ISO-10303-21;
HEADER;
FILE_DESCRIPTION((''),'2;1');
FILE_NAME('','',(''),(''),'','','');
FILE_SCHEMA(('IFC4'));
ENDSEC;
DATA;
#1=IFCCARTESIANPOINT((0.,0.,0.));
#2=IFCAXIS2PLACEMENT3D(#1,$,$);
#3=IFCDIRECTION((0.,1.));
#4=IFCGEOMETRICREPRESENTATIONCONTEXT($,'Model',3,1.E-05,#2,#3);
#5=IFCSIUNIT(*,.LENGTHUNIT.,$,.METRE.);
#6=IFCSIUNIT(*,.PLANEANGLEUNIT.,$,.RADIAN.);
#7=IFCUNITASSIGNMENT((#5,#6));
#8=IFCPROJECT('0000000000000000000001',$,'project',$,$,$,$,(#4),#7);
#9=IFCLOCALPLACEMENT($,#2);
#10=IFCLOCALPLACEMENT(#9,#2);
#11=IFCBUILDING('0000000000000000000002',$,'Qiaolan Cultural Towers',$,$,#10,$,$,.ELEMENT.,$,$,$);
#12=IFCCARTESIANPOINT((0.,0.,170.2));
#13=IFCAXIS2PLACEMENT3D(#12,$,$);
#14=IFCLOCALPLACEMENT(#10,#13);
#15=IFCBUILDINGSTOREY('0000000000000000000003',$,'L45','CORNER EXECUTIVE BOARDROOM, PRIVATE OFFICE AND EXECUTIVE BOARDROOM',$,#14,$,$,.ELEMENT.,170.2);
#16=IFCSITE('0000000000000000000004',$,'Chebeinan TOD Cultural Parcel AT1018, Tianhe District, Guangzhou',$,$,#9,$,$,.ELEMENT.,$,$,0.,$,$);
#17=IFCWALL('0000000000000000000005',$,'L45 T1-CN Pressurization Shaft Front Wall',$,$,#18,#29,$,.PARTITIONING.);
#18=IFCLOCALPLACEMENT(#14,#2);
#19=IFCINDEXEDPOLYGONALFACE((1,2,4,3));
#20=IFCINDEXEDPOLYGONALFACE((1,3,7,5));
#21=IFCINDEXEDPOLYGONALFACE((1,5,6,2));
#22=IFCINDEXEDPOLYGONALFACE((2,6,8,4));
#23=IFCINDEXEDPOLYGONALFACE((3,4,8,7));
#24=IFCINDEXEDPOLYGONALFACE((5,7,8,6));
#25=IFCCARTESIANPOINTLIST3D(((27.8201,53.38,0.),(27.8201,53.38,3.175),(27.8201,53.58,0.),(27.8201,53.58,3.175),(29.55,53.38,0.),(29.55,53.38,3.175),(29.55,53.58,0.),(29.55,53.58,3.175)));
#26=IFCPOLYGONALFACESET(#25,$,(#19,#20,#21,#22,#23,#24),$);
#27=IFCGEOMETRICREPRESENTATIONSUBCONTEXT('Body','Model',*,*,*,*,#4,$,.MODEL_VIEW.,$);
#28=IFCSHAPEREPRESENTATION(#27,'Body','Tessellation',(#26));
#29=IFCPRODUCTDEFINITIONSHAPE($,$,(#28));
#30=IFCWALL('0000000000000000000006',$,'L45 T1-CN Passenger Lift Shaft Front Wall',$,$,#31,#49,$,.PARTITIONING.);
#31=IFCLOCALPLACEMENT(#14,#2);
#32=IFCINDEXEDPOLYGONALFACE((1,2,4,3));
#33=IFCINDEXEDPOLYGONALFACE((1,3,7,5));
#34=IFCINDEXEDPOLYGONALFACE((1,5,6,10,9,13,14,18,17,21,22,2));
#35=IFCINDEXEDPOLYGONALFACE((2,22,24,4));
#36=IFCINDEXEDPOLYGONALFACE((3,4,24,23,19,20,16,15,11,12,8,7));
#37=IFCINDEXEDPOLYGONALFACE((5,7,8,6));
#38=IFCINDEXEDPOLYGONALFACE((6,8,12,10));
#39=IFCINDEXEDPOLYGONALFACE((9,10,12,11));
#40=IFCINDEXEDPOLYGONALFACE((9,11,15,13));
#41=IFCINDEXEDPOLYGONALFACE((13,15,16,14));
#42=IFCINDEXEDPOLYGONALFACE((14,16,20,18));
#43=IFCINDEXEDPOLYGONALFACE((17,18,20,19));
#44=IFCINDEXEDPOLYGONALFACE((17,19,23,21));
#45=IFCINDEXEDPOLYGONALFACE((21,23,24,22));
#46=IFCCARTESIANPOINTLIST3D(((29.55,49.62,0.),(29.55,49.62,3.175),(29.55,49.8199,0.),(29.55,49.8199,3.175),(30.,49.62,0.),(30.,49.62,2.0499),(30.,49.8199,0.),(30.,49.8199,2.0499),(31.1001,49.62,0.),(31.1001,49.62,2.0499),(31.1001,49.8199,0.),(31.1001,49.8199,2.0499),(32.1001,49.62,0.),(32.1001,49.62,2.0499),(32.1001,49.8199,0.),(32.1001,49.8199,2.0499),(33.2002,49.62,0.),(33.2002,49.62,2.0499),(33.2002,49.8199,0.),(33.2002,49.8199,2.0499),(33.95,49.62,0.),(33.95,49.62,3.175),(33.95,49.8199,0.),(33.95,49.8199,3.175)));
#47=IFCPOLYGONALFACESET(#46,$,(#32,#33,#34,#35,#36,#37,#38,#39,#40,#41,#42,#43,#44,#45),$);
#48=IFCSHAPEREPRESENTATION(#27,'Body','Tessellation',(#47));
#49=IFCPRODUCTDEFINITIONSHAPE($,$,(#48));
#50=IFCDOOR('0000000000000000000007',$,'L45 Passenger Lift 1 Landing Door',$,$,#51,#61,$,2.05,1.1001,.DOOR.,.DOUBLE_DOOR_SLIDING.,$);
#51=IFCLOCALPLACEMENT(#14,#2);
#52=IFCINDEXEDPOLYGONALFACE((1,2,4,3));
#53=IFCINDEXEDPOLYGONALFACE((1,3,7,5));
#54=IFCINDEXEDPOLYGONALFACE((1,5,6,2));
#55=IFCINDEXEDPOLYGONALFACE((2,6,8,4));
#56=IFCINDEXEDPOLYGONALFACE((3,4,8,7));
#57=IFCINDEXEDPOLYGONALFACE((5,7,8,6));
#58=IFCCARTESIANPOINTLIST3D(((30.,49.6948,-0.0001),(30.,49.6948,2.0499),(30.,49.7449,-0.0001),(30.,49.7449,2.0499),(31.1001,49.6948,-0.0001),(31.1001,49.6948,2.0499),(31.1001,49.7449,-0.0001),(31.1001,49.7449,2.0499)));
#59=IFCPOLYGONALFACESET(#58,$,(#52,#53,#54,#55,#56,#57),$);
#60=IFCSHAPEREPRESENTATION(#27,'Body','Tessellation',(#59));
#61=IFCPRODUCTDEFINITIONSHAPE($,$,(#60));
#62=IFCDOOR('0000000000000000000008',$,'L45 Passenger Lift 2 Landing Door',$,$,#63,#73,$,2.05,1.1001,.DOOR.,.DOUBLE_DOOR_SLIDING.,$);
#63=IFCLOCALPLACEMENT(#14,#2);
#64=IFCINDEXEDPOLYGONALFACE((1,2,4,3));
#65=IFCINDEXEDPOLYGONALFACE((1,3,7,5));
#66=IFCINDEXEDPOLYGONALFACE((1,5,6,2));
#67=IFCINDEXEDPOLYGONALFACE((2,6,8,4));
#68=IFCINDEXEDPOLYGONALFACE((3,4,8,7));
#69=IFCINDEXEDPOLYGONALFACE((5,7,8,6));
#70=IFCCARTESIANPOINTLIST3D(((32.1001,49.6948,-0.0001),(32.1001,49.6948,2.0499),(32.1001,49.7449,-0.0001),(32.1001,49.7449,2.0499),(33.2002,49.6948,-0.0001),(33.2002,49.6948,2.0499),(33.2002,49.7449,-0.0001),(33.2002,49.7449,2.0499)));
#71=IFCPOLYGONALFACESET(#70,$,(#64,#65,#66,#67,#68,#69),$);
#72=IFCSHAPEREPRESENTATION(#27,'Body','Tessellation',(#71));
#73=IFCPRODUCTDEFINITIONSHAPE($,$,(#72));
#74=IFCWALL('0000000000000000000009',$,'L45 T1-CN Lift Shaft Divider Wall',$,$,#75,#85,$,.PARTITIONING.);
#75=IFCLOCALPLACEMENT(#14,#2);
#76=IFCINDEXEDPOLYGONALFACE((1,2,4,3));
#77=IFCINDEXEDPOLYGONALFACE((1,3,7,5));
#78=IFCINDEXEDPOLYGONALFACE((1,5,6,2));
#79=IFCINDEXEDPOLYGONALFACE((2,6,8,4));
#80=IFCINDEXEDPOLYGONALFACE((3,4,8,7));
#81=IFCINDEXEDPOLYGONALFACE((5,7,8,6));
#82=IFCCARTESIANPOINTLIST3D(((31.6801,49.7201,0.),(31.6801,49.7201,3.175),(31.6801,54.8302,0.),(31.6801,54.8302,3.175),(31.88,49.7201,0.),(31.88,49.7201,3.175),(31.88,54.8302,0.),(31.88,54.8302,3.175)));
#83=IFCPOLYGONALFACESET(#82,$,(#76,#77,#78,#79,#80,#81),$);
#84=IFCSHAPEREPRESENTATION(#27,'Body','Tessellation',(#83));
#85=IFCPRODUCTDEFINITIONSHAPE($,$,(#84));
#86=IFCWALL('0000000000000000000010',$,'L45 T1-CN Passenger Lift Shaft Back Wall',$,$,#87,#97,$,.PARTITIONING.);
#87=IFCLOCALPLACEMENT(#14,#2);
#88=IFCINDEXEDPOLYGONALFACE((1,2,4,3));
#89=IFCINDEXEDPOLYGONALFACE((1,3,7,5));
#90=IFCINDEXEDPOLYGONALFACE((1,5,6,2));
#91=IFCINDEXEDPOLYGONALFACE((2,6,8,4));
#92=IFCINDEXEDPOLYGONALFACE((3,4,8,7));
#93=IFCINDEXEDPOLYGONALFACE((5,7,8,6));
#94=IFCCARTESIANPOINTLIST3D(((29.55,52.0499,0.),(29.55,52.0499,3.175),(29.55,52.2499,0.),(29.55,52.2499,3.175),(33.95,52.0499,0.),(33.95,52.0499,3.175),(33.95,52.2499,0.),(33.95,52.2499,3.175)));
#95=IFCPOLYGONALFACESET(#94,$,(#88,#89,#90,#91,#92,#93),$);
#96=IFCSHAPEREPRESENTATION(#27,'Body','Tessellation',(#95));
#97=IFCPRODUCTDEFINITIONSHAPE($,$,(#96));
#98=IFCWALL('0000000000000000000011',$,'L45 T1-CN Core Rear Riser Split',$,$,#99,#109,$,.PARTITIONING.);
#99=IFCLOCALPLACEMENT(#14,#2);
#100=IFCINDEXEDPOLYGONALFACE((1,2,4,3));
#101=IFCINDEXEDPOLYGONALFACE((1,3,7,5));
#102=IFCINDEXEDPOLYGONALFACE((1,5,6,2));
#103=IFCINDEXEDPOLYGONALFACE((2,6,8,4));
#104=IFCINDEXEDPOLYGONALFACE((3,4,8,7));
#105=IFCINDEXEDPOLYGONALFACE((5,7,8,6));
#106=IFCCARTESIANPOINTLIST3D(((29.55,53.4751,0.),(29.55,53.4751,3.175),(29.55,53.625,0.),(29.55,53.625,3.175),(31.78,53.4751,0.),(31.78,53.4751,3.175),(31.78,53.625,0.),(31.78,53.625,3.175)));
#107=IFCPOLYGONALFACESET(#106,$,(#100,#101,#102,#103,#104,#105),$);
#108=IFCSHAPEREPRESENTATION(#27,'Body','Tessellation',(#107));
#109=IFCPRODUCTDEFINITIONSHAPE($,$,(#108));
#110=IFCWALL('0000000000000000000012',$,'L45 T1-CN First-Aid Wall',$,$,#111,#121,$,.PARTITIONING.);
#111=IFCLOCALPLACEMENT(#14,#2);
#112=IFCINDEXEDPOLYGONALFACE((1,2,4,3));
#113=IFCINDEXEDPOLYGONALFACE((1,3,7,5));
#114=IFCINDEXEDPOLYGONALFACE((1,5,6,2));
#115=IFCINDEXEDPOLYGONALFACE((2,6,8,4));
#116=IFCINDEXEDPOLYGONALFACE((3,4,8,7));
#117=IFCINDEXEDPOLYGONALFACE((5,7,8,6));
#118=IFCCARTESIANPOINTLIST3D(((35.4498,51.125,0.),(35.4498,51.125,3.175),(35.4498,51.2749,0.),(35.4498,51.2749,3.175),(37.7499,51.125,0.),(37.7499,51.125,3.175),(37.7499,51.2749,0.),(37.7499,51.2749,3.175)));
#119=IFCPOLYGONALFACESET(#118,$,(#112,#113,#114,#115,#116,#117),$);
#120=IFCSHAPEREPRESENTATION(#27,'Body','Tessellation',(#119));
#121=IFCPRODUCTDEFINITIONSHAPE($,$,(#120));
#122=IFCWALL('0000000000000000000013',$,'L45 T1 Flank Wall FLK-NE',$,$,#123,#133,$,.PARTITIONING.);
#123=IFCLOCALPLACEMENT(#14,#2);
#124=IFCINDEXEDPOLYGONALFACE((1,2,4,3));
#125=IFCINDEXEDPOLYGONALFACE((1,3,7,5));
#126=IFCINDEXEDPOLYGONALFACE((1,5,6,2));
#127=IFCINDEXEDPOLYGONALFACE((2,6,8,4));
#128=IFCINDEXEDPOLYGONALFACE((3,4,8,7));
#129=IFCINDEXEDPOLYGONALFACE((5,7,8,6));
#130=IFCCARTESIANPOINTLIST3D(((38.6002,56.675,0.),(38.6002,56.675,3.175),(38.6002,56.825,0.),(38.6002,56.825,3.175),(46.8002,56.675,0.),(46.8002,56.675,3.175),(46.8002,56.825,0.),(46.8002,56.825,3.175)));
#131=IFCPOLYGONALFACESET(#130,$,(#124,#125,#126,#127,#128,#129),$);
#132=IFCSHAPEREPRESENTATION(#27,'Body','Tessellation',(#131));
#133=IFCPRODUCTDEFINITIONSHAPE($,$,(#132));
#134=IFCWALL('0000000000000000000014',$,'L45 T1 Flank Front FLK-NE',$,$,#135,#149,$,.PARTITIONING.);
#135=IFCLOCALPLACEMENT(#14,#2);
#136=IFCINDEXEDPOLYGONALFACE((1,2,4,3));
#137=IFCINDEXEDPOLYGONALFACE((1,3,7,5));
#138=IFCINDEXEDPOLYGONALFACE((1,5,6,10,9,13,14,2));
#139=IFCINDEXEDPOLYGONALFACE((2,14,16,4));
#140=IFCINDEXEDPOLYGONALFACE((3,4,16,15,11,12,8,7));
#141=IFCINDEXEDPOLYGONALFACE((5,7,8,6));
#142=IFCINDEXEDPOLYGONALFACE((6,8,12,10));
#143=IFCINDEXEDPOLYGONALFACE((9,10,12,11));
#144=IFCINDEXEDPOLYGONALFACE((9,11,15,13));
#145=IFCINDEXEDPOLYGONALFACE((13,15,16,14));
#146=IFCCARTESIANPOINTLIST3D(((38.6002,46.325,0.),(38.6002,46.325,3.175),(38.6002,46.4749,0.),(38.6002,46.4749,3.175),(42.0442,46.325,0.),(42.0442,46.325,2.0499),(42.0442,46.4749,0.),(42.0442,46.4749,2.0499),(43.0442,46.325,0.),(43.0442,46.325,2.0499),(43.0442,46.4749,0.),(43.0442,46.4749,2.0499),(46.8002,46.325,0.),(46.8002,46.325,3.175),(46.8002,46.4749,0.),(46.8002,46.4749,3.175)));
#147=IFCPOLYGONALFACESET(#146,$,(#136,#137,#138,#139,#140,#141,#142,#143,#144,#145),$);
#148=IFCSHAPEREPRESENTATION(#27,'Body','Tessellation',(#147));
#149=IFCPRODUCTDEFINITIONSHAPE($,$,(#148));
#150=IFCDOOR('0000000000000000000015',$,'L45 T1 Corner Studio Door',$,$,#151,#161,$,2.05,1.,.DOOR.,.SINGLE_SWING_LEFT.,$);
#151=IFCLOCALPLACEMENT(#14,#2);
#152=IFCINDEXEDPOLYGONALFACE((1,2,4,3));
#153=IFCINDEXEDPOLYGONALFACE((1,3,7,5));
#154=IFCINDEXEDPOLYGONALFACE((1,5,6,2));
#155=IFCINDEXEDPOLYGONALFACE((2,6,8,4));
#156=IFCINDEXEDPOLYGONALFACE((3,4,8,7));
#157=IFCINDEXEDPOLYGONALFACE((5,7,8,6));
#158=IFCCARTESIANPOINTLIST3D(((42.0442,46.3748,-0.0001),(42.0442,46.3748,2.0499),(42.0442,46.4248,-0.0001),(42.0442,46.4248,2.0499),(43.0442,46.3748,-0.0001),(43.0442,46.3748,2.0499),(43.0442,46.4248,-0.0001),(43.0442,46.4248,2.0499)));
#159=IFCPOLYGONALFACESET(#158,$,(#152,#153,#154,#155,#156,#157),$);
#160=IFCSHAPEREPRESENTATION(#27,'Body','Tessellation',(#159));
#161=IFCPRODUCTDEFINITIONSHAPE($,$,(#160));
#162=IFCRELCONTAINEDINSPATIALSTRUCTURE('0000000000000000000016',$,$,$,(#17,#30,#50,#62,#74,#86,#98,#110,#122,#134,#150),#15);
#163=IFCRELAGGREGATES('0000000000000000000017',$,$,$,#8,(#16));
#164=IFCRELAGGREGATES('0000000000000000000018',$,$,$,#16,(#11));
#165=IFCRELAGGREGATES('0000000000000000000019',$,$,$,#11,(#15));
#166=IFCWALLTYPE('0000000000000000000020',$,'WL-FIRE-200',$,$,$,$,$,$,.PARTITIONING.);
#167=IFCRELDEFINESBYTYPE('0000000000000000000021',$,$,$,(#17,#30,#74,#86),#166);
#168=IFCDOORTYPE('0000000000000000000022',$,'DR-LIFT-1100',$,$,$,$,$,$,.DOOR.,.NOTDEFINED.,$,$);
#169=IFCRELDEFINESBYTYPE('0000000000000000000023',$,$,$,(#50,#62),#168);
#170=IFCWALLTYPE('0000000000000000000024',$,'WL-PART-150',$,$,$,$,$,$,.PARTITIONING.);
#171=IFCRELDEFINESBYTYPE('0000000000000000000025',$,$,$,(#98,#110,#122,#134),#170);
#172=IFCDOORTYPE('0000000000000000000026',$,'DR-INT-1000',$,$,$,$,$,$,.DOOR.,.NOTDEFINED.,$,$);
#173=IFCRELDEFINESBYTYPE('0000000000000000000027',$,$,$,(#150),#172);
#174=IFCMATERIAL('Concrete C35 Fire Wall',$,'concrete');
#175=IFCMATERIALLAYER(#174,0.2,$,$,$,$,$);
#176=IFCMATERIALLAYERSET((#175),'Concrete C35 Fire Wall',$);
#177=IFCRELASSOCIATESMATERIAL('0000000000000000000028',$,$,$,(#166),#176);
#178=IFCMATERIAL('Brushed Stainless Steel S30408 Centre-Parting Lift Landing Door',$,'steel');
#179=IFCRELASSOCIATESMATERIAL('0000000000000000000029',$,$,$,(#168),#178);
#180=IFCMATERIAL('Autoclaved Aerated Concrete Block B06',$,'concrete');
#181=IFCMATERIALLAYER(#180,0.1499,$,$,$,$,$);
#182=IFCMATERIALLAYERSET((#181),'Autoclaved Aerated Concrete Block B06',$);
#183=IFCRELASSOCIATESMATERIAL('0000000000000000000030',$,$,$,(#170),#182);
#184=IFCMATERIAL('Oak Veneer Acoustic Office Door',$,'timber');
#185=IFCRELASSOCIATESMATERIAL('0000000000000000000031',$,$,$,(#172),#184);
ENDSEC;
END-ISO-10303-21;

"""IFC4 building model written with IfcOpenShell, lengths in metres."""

from ifc_helpers import new_model, si_unit, direction, frame, frame_2d, origin, place, context, subcontext, project, spatial, rectangle, extrude, material, layer, layer_set, type_object, element, fill, save


model = new_model("IFC4")

# Units and contexts
model_context = context("Model", 3, precision=1e-05, world=origin(), true_north=direction((0.0, 1.0)))
body_context = subcontext(model_context, "Body", "Model", "MODEL_VIEW")
ifc_project = project(units=[si_unit("LENGTHUNIT", "METRE"), si_unit("PLANEANGLEUNIT", "RADIAN")], contexts=[model_context])

# Site, building, storey
site_placement = place(None, origin())
site = spatial("IfcSite", under=ifc_project, at=site_placement, Name="Chebeinan TOD Cultural Parcel AT1018, Tianhe District, Guangzhou", CompositionType="ELEMENT", RefElevation=0.0)
building_placement = place(site_placement, origin())
building = spatial("IfcBuilding", under=site, at=building_placement, Name="Qiaolan Cultural Towers", CompositionType="ELEMENT")
storey_placement = place(building_placement, frame((0.0, 0.0, 170.2)))
storey = spatial("IfcBuildingStorey", under=building, at=storey_placement, Name="L45", Description="CORNER EXECUTIVE BOARDROOM, PRIVATE OFFICE AND EXECUTIVE BOARDROOM", CompositionType="ELEMENT", Elevation=170.2)

# Shared definitions
ifc_material_1 = material(Name="Concrete C35 Fire Wall", Category="concrete")
ifc_layer_1 = layer(ifc_material_1, 0.2)
ifc_layer_set_1 = layer_set([ifc_layer_1], Name="Concrete C35 Fire Wall")
wall_type_1 = type_object("IfcWallType", Name="WL-FIRE-200", PredefinedType="PARTITIONING", material=ifc_layer_set_1)
ifc_material_2 = material(Name="Brushed Stainless Steel S30408 Centre-Parting Lift Landing Door", Category="steel")
door_type_1 = type_object("IfcDoorType", Name="DR-LIFT-1100", OperationType="NOTDEFINED", PredefinedType="DOOR", material=ifc_material_2)

# Wall
wall_1_placement = place(storey_placement, frame((27.8201, 53.48, 0.0), z_axis=(0.0, 0.0, 1.0), x_axis=(1.0, 0.0, 0.0)))
element("IfcWall", 1, at=wall_1_placement, inside=storey, type_object=wall_type_1, Name="L45 T1-CN Pressurization Shaft Front Wall", PredefinedType="PARTITIONING", context=body_context, shape_type="SweptSolid", body=[
    extrude(rectangle(XDim=1.73, YDim=0.2, at=frame_2d((0.865, 0.0))), origin(), (0.0, 0.0, 1.0), 3.175),
])

# Wall, openings, doors
wall_2_placement = place(storey_placement, frame((29.55, 49.72, 0.0), z_axis=(0.0, 0.0, 1.0), x_axis=(1.0, 0.0, 0.0)))
wall_2 = element("IfcWall", 2, at=wall_2_placement, inside=storey, type_object=wall_type_1, Name="L45 T1-CN Passenger Lift Shaft Front Wall", PredefinedType="PARTITIONING", context=body_context, shape_type="SweptSolid", body=[
    extrude(rectangle(XDim=4.3999, YDim=0.2, at=frame_2d((2.2, 0.0))), origin(), (0.0, 0.0, 1.0), 3.175),
])
opening_1_placement = place(wall_2_placement, frame((0.45, 0.0, 0.0)))
opening_1 = element("IfcOpeningElement", 3, at=opening_1_placement, cuts=wall_2, PredefinedType="OPENING", context=body_context, shape_type="SweptSolid", body=[
    extrude(rectangle(XDim=1.1001, YDim=2.05, at=frame_2d((0.55, 1.0249))), frame((0.0, 0.1099, 0.0), z_axis=(0.0, -1.0, 0.0), x_axis=(1.0, 0.0, 0.0)), (0.0, 0.0, 1.0), 0.22),
])
opening_2_placement = place(wall_2_placement, frame((2.55, 0.0, 0.0)))
opening_2 = element("IfcOpeningElement", 4, at=opening_2_placement, cuts=wall_2, PredefinedType="OPENING", context=body_context, shape_type="SweptSolid", body=[
    extrude(rectangle(XDim=1.1001, YDim=2.05, at=frame_2d((0.55, 1.0249))), frame((0.0, 0.1099, 0.0), z_axis=(0.0, -1.0, 0.0), x_axis=(1.0, 0.0, 0.0)), (0.0, 0.0, 1.0), 0.22),
])
door_1_placement = place(opening_1_placement, origin())
door_1 = element("IfcDoor", 5, at=door_1_placement, inside=storey, type_object=door_type_1, Name="L45 Passenger Lift 1 Landing Door", OperationType="DOUBLE_DOOR_SLIDING", OverallHeight=2.05, OverallWidth=1.1001, PredefinedType="DOOR", context=body_context, shape_type="SweptSolid", body=[
    extrude(rectangle(XDim=1.1001, YDim=2.05, at=frame_2d((0.55, 1.0249))), frame((0.0, 0.0249, 0.0), z_axis=(0.0, -1.0, 0.0), x_axis=(1.0, 0.0, 0.0)), (0.0, 0.0, 1.0), 0.05),
])
fill(opening_1, door_1)
door_2_placement = place(opening_2_placement, origin())
door_2 = element("IfcDoor", 6, at=door_2_placement, inside=storey, type_object=door_type_1, Name="L45 Passenger Lift 2 Landing Door", OperationType="DOUBLE_DOOR_SLIDING", OverallHeight=2.05, OverallWidth=1.1001, PredefinedType="DOOR", context=body_context, shape_type="SweptSolid", body=[
    extrude(rectangle(XDim=1.1001, YDim=2.05, at=frame_2d((0.55, 1.0249))), frame((0.0, 0.0249, 0.0), z_axis=(0.0, -1.0, 0.0), x_axis=(1.0, 0.0, 0.0)), (0.0, 0.0, 1.0), 0.05),
])
fill(opening_2, door_2)

# Walls
wall_3_placement = place(storey_placement, frame((31.78, 49.72, 0.0), z_axis=(0.0, 0.0, 1.0), x_axis=(0.0, 1.0, 0.0)))
element("IfcWall", 7, at=wall_3_placement, inside=storey, type_object=wall_type_1, Name="L45 T1-CN Lift Shaft Divider Wall", PredefinedType="PARTITIONING", context=body_context, shape_type="SweptSolid", body=[
    extrude(rectangle(XDim=5.1101, YDim=0.2, at=frame_2d((2.5552, 0.0))), origin(), (0.0, 0.0, 1.0), 3.175),
])
wall_4_placement = place(storey_placement, frame((29.55, 52.1499, 0.0), z_axis=(0.0, 0.0, 1.0), x_axis=(1.0, 0.0, 0.0)))
element("IfcWall", 8, at=wall_4_placement, inside=storey, type_object=wall_type_1, Name="L45 T1-CN Passenger Lift Shaft Back Wall", PredefinedType="PARTITIONING", context=body_context, shape_type="SweptSolid", body=[
    extrude(rectangle(XDim=4.3999, YDim=0.2, at=frame_2d((2.2, 0.0))), origin(), (0.0, 0.0, 1.0), 3.175),
])
ifc_material_3 = material(Name="Autoclaved Aerated Concrete Block B06", Category="concrete")
ifc_layer_2 = layer(ifc_material_3, 0.1499)
ifc_layer_set_2 = layer_set([ifc_layer_2], Name="Autoclaved Aerated Concrete Block B06")
wall_type_2 = type_object("IfcWallType", Name="WL-PART-150", PredefinedType="PARTITIONING", material=ifc_layer_set_2)
wall_5_placement = place(storey_placement, frame((29.55, 53.55, 0.0), z_axis=(0.0, 0.0, 1.0), x_axis=(1.0, 0.0, 0.0)))
element("IfcWall", 9, at=wall_5_placement, inside=storey, type_object=wall_type_2, Name="L45 T1-CN Core Rear Riser Split", PredefinedType="PARTITIONING", context=body_context, shape_type="SweptSolid", body=[
    extrude(rectangle(XDim=2.23, YDim=0.1499, at=frame_2d((1.115, 0.0))), origin(), (0.0, 0.0, 1.0), 3.175),
])
wall_6_placement = place(storey_placement, frame((35.45, 51.2, 0.0), z_axis=(0.0, 0.0, 1.0), x_axis=(1.0, 0.0, 0.0)))
element("IfcWall", 10, at=wall_6_placement, inside=storey, type_object=wall_type_2, Name="L45 T1-CN First-Aid Wall", PredefinedType="PARTITIONING", context=body_context, shape_type="SweptSolid", body=[
    extrude(rectangle(XDim=2.3, YDim=0.1499, at=frame_2d((1.1499, 0.0))), origin(), (0.0, 0.0, 1.0), 3.175),
])
wall_7_placement = place(storey_placement, frame((38.6001, 56.75, 0.0), z_axis=(0.0, 0.0, 1.0), x_axis=(1.0, 0.0, 0.0)))
element("IfcWall", 11, at=wall_7_placement, inside=storey, type_object=wall_type_2, Name="L45 T1 Flank Wall FLK-NE", PredefinedType="PARTITIONING", context=body_context, shape_type="SweptSolid", body=[
    extrude(rectangle(XDim=8.2, YDim=0.1499, at=frame_2d((4.1001, 0.0))), origin(), (0.0, 0.0, 1.0), 3.175),
])

# Wall, opening, door
wall_8_placement = place(storey_placement, frame((38.6001, 46.3999, 0.0), z_axis=(0.0, 0.0, 1.0), x_axis=(1.0, 0.0, 0.0)))
wall_8 = element("IfcWall", 12, at=wall_8_placement, inside=storey, type_object=wall_type_2, Name="L45 T1 Flank Front FLK-NE", PredefinedType="PARTITIONING", context=body_context, shape_type="SweptSolid", body=[
    extrude(rectangle(XDim=8.2, YDim=0.1499, at=frame_2d((4.1001, 0.0))), origin(), (0.0, 0.0, 1.0), 3.175),
])
opening_3_placement = place(wall_8_placement, frame((3.4441, 0.0, 0.0)))
opening_3 = element("IfcOpeningElement", 13, at=opening_3_placement, cuts=wall_8, PredefinedType="OPENING", context=body_context, shape_type="SweptSolid", body=[
    extrude(rectangle(XDim=1.0, YDim=2.05, at=frame_2d((0.5, 1.0249))), frame((0.0, 0.085, 0.0), z_axis=(0.0, -1.0, 0.0), x_axis=(1.0, 0.0, 0.0)), (0.0, 0.0, 1.0), 0.1699),
])
ifc_material_4 = material(Name="Oak Veneer Acoustic Office Door", Category="timber")
door_type_2 = type_object("IfcDoorType", Name="DR-INT-1000", OperationType="NOTDEFINED", PredefinedType="DOOR", material=ifc_material_4)
door_3_placement = place(opening_3_placement, origin())
door_3 = element("IfcDoor", 14, at=door_3_placement, inside=storey, type_object=door_type_2, Name="L45 T1 Corner Studio Door", OperationType="SINGLE_SWING_LEFT", OverallHeight=2.05, OverallWidth=1.0, PredefinedType="DOOR", context=body_context, shape_type="SweptSolid", body=[
    extrude(rectangle(XDim=1.0, YDim=2.05, at=frame_2d((0.5, 1.0249))), frame((0.0, 0.0249, 0.0), z_axis=(0.0, -1.0, 0.0), x_axis=(1.0, 0.0, 0.0)), (0.0, 0.0, 1.0), 0.05),
])
fill(opening_3, door_3)

save(model, "model.ifc")
